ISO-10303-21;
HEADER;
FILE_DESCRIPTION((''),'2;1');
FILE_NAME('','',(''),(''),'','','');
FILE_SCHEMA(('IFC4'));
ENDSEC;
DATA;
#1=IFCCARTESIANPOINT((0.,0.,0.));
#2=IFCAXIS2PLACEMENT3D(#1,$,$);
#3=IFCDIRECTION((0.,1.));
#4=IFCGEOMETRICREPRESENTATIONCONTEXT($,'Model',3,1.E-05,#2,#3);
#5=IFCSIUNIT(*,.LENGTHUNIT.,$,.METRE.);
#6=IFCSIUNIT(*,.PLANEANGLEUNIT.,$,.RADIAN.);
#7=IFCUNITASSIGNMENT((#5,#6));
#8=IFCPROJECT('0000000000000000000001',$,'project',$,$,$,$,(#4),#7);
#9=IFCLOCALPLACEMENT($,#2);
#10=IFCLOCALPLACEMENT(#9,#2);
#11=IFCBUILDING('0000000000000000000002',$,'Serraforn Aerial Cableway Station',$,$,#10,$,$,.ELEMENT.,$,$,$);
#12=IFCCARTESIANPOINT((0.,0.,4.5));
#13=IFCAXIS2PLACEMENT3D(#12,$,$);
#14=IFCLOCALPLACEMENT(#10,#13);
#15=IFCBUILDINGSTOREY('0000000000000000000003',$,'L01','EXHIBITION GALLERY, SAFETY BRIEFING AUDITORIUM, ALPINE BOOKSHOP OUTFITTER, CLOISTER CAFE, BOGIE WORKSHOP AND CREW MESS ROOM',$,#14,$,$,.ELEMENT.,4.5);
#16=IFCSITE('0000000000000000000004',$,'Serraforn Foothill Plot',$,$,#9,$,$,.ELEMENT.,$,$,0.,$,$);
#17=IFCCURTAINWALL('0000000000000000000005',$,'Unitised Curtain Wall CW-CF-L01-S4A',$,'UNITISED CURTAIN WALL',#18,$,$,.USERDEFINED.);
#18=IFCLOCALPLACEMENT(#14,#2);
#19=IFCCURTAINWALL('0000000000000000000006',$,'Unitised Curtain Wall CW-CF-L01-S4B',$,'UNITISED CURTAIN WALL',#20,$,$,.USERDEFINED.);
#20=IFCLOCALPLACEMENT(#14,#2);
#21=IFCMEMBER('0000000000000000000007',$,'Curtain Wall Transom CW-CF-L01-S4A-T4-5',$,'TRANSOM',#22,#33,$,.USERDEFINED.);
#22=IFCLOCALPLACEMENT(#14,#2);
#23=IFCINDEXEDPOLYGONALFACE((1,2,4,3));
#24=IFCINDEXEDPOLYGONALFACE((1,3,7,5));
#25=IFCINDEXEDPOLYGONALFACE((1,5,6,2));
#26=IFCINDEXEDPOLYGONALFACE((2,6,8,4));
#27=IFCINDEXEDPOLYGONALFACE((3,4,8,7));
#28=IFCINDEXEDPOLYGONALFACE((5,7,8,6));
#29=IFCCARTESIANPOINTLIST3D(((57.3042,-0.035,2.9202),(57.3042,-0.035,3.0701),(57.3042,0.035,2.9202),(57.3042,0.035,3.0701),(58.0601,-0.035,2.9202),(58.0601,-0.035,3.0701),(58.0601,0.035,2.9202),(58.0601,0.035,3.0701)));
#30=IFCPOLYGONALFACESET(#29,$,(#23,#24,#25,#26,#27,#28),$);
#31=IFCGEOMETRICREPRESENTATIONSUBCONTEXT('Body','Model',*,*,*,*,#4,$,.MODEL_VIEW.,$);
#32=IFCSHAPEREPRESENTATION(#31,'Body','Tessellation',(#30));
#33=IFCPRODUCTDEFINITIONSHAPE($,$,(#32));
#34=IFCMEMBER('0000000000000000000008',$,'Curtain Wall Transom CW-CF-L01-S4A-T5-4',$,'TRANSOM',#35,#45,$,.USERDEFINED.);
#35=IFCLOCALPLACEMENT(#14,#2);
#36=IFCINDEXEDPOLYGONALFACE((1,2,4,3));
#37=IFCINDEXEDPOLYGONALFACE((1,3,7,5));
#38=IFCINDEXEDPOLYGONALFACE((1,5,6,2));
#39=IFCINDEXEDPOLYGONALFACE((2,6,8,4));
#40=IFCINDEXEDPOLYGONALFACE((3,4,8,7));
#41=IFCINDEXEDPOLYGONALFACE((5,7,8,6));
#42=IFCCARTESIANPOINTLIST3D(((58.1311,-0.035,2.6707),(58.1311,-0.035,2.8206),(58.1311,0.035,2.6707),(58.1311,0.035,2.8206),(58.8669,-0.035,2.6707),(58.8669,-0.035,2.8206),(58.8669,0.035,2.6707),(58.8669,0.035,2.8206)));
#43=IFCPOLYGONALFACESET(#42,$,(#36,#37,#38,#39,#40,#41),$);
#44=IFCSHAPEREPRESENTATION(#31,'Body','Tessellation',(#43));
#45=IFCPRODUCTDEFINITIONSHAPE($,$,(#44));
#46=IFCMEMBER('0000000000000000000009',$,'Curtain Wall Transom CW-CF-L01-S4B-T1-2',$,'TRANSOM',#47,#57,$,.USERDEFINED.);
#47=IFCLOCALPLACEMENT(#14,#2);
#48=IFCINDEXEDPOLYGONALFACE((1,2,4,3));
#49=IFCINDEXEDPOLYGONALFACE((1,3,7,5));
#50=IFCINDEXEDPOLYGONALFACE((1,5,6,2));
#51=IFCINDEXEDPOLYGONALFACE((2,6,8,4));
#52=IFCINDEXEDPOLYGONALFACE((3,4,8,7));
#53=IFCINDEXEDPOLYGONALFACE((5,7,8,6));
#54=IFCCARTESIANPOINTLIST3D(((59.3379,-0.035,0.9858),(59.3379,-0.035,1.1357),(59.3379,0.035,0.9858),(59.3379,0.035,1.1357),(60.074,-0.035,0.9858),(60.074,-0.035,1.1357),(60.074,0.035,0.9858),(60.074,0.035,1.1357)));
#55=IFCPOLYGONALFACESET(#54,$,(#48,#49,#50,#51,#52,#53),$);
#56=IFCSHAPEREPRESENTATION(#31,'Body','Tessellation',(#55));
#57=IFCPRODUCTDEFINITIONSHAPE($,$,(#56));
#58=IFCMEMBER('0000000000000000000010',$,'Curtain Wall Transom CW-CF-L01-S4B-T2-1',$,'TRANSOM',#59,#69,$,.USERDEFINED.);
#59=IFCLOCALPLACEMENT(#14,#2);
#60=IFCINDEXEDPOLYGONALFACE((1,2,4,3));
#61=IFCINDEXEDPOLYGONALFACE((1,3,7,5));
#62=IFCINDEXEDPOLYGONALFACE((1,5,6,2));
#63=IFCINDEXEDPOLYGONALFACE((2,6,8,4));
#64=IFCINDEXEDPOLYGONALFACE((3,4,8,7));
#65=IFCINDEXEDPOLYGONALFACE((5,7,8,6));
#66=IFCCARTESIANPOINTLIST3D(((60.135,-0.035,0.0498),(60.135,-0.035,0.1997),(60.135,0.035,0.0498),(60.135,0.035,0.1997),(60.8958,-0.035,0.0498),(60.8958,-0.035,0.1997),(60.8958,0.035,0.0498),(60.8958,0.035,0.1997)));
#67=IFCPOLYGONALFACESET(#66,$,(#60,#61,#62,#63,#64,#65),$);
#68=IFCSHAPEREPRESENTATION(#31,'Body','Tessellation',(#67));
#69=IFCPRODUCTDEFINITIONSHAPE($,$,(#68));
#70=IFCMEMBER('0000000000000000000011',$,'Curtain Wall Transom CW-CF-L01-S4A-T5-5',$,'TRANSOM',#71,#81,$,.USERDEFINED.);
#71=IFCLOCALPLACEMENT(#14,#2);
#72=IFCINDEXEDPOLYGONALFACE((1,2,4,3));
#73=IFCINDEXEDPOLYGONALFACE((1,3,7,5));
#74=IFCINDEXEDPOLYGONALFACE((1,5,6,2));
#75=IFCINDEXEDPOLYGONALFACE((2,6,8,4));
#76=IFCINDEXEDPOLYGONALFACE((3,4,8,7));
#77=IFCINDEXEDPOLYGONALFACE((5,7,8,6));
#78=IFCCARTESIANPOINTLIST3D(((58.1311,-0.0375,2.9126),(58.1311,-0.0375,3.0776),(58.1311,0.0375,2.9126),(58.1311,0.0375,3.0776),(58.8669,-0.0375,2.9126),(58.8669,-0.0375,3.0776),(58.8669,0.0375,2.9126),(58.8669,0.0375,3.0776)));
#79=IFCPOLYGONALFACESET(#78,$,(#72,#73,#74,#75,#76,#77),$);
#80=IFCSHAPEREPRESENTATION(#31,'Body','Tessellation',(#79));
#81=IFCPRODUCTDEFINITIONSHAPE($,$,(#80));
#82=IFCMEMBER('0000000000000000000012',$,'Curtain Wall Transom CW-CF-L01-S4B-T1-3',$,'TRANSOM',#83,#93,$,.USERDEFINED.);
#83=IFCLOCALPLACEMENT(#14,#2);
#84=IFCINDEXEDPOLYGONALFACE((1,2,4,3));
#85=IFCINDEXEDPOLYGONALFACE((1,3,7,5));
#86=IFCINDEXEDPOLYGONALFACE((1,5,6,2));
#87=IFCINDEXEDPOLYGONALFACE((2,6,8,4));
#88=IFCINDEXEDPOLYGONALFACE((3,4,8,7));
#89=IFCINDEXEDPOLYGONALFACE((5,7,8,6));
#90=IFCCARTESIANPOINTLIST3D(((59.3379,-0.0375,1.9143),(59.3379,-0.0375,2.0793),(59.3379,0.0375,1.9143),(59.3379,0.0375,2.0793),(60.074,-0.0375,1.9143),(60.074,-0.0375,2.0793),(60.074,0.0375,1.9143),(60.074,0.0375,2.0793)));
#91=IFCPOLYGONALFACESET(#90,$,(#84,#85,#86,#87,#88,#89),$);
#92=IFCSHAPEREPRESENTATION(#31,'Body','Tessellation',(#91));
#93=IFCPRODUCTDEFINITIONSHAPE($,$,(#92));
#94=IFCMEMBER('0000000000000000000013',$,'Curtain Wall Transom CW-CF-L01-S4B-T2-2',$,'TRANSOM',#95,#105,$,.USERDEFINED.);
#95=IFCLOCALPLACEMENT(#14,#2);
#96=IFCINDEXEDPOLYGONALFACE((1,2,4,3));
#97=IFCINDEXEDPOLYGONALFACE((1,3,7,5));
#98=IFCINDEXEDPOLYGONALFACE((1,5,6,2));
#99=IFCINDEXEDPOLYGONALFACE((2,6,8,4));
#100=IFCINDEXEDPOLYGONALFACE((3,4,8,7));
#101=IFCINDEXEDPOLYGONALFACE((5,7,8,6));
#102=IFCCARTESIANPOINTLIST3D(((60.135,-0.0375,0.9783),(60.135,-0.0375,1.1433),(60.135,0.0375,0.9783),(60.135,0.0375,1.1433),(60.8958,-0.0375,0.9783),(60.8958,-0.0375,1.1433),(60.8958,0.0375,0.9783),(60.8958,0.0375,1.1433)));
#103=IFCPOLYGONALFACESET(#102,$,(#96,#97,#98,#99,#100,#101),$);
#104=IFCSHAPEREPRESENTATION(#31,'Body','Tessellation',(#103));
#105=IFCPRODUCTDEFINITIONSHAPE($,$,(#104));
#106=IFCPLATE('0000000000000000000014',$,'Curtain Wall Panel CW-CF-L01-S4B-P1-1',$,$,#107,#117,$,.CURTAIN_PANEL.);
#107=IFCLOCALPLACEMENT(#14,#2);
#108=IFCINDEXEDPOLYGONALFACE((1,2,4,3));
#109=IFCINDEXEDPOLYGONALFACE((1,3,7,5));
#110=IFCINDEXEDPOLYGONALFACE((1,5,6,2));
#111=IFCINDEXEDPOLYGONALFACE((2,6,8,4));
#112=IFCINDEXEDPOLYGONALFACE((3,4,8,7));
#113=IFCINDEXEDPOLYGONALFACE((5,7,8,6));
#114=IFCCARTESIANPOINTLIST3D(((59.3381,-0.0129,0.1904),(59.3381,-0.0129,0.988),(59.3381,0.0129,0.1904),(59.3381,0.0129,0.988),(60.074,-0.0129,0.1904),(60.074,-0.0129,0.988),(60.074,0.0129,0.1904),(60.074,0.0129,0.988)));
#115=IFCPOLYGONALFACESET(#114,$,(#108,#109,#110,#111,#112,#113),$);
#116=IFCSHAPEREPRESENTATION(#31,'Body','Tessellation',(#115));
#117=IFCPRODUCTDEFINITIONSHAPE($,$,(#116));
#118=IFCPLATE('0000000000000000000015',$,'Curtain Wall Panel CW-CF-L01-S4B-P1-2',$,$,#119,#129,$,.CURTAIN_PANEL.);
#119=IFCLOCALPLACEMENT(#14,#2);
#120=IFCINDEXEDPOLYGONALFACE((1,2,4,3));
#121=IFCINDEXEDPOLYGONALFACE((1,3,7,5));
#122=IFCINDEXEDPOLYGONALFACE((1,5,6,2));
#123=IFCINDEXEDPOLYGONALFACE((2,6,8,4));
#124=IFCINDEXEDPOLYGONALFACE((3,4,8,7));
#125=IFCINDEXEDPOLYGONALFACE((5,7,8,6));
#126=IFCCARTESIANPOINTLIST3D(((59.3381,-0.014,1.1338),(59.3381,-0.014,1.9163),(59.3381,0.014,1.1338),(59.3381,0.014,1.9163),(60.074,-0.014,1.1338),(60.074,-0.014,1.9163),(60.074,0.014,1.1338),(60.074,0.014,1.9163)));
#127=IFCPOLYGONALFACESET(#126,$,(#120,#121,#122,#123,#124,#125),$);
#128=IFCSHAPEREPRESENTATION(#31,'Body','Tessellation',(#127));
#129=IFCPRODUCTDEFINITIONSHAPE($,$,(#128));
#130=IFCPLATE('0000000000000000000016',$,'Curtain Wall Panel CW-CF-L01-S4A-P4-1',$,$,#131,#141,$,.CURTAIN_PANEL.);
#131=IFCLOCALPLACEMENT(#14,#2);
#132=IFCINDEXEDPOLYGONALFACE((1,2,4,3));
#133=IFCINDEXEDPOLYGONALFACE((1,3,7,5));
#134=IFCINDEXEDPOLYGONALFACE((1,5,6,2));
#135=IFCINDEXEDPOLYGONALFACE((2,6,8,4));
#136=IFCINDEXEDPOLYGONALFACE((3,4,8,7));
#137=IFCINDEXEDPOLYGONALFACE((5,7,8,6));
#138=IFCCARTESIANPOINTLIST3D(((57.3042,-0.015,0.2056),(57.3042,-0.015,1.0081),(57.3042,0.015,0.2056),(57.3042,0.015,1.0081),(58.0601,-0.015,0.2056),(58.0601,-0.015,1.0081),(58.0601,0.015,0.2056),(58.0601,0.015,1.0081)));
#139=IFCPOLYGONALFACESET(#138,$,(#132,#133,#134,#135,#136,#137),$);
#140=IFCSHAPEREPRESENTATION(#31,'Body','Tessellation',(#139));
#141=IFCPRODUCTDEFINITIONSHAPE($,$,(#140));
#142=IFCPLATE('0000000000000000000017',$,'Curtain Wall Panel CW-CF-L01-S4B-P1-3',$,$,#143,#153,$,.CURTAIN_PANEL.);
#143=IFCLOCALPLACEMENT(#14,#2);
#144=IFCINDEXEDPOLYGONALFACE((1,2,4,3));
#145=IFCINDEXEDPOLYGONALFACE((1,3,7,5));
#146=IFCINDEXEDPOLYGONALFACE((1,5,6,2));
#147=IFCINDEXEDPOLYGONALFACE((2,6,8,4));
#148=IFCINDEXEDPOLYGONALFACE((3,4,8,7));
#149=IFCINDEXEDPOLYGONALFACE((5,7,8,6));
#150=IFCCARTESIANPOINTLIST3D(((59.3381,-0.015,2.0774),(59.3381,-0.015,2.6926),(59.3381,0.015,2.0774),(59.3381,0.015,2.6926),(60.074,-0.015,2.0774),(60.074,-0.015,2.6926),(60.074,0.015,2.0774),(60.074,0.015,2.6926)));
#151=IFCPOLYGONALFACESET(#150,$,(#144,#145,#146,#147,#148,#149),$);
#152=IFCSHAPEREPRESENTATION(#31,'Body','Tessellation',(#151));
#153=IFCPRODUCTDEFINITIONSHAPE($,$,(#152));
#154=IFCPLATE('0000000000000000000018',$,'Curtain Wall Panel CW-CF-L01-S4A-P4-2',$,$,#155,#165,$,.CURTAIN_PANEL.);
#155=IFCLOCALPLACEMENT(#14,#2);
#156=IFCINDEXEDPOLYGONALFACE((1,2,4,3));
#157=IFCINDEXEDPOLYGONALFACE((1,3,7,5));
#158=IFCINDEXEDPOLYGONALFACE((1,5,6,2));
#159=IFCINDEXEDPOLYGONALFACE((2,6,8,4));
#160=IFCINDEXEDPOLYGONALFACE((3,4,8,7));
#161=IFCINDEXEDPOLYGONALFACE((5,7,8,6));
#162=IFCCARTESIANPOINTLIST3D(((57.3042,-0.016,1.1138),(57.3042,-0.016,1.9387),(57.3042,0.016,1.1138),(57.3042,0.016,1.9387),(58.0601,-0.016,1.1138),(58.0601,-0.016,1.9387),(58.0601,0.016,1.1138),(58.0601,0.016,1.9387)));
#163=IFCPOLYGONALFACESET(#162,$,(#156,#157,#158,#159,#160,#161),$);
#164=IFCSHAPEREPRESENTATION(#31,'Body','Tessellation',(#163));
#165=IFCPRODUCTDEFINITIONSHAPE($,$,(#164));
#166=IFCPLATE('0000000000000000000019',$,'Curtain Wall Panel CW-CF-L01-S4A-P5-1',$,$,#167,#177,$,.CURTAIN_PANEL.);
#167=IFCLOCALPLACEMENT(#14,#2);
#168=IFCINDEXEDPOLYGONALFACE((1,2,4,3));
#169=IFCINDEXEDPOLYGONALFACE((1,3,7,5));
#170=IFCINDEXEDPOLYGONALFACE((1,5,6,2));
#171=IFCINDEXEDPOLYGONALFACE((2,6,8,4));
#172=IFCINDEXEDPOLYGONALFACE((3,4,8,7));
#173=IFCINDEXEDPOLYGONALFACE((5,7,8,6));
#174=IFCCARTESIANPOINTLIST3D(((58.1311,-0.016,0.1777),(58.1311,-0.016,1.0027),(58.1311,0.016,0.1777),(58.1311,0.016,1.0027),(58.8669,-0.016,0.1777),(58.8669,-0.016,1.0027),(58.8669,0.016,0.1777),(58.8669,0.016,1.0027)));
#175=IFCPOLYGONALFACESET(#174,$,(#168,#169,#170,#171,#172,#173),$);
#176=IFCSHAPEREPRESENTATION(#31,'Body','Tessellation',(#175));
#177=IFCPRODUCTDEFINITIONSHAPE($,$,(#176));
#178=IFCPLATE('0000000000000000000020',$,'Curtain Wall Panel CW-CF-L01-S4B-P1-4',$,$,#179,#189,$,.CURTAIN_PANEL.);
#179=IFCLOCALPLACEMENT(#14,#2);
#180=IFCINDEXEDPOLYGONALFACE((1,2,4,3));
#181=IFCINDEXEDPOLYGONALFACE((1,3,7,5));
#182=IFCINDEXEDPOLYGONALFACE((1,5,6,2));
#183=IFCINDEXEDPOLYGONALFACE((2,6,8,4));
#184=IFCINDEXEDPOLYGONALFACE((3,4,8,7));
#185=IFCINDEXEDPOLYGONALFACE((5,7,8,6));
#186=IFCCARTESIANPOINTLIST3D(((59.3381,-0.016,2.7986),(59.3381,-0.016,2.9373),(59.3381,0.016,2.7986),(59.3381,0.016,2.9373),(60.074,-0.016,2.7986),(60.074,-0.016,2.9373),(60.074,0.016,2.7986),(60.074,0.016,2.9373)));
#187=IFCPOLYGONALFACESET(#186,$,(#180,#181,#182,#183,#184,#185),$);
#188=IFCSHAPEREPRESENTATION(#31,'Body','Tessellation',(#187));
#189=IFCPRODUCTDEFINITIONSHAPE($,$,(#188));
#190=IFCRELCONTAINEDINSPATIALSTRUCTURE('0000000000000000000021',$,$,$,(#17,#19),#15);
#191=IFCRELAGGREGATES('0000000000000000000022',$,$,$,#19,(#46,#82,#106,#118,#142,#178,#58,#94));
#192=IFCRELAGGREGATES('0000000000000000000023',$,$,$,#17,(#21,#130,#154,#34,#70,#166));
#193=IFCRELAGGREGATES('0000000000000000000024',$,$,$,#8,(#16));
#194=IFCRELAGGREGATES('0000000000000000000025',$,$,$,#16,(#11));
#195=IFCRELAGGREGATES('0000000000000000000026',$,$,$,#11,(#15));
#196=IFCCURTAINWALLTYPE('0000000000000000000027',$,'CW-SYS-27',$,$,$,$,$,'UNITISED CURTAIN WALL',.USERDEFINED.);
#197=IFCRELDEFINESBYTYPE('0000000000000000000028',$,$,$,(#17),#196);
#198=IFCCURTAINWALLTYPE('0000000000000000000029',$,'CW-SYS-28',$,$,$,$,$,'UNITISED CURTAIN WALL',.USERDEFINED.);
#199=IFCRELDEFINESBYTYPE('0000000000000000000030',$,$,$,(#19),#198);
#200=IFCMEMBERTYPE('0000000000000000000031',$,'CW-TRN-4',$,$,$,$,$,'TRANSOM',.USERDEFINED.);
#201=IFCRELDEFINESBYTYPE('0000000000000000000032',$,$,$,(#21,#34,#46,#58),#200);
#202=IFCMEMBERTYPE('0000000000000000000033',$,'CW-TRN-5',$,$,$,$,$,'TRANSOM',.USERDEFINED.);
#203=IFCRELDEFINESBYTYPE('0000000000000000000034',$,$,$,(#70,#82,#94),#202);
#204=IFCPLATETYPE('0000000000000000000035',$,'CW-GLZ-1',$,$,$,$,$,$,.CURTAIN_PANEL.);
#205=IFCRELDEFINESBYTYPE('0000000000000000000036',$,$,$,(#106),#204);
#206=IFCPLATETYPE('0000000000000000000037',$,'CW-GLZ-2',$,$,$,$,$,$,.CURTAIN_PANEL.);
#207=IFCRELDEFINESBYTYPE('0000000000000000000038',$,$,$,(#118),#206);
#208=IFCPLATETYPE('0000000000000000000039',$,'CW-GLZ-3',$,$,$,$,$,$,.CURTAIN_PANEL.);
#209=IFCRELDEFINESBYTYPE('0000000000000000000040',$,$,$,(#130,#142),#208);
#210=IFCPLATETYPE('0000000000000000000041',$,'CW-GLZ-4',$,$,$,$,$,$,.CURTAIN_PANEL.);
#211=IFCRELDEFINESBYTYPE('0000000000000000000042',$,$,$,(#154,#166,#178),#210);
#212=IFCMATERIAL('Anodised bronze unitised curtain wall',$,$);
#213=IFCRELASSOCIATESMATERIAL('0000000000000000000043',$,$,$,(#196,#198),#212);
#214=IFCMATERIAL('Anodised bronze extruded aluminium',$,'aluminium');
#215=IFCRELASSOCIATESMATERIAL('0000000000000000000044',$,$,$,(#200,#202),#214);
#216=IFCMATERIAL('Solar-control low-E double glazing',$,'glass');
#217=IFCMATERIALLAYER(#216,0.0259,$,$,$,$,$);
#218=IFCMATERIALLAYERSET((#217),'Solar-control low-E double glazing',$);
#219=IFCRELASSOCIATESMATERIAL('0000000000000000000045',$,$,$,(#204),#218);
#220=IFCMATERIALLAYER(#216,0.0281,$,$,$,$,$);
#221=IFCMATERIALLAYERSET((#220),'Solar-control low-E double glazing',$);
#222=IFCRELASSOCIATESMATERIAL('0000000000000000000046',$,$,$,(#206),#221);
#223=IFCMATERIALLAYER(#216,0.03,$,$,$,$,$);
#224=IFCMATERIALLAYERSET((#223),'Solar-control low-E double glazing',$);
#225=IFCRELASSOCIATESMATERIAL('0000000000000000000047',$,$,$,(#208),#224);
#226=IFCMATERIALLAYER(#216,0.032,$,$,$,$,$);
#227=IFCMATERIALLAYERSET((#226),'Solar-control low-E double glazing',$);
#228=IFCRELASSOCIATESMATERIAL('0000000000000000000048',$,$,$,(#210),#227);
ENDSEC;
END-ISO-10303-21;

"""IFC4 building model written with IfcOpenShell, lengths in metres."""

from ifc_helpers import new_model, si_unit, direction, frame, origin, origin_2d, place, context, subcontext, project, spatial, rectangle, extrude, material, layer, layer_set, material_profile, profile_set, type_object, element, aggregate, save


model = new_model("IFC4")

# Units and contexts
model_context = context("Model", 3, precision=1e-05, world=origin(), true_north=direction((0.0, 1.0)))
body_context = subcontext(model_context, "Body", "Model", "MODEL_VIEW")
ifc_project = project(units=[si_unit("LENGTHUNIT", "METRE"), si_unit("PLANEANGLEUNIT", "RADIAN")], contexts=[model_context])

# Site, building, storey
site_placement = place(None, origin())
site = spatial("IfcSite", under=ifc_project, at=site_placement, Name="Serraforn Foothill Plot", CompositionType="ELEMENT", RefElevation=0.0)
building_placement = place(site_placement, origin())
building = spatial("IfcBuilding", under=site, at=building_placement, Name="Serraforn Aerial Cableway Station", CompositionType="ELEMENT")
storey_placement = place(building_placement, frame((0.0, 0.0, 4.5)))
storey = spatial("IfcBuildingStorey", under=building, at=storey_placement, Name="L01", Description="EXHIBITION GALLERY, SAFETY BRIEFING AUDITORIUM, ALPINE BOOKSHOP OUTFITTER, CLOISTER CAFE, BOGIE WORKSHOP AND CREW MESS ROOM", CompositionType="ELEMENT", Elevation=4.5)

# Curtain wall
ifc_material_1 = material(Name="Anodised bronze unitised curtain wall")
curtain_wall_type_1 = type_object("IfcCurtainWallType", Name="CW-SYS-27", ElementType="UNITISED CURTAIN WALL", PredefinedType="USERDEFINED", material=ifc_material_1)
curtain_wall_1_placement = place(storey_placement, origin())
curtain_wall_1 = element("IfcCurtainWall", 1, at=curtain_wall_1_placement, inside=storey, type_object=curtain_wall_type_1, Name="Unitised Curtain Wall CW-CF-L01-S4A", ObjectType="UNITISED CURTAIN WALL", PredefinedType="USERDEFINED")
ifc_material_2 = material(Name="Anodised bronze extruded aluminium", Category="aluminium")

# Curtain wall
curtain_wall_type_2 = type_object("IfcCurtainWallType", Name="CW-SYS-28", ElementType="UNITISED CURTAIN WALL", PredefinedType="USERDEFINED", material=ifc_material_1)
curtain_wall_2_placement = place(storey_placement, origin())
curtain_wall_2 = element("IfcCurtainWall", 2, at=curtain_wall_2_placement, inside=storey, type_object=curtain_wall_type_2, Name="Unitised Curtain Wall CW-CF-L01-S4B", ObjectType="UNITISED CURTAIN WALL", PredefinedType="USERDEFINED")

# Members
ifc_material_profile_1 = material_profile(ifc_material_2, rectangle(XDim=0.0701, YDim=0.1499, at=origin_2d()), Name="CW TRANSOM 70x150")
ifc_profile_set_1 = profile_set([ifc_material_profile_1], Name="Anodised bronze extruded aluminium")
member_type_1 = type_object("IfcMemberType", Name="CW-TRN-4", ElementType="TRANSOM", PredefinedType="USERDEFINED", material=ifc_profile_set_1)
member_1_placement = place(storey_placement, frame((57.3042, 0.0, 2.9951), z_axis=(1.0, 0.0, 0.0), x_axis=(0.0, 1.0, 0.0)))
member_1 = element("IfcMember", 3, at=member_1_placement, type_object=member_type_1, Name="Curtain Wall Transom CW-CF-L01-S4A-T4-5", ObjectType="TRANSOM", PredefinedType="USERDEFINED", context=body_context, shape_type="SweptSolid", body=[
    extrude(rectangle(XDim=0.0701, YDim=0.1499, at=origin_2d()), origin(), (0.0, 0.0, 1.0), 0.7559),
])
member_2_placement = place(storey_placement, frame((58.1311, 0.0, 2.7456), z_axis=(1.0, 0.0, 0.0), x_axis=(0.0, 1.0, 0.0)))
member_2 = element("IfcMember", 4, at=member_2_placement, type_object=member_type_1, Name="Curtain Wall Transom CW-CF-L01-S4A-T5-4", ObjectType="TRANSOM", PredefinedType="USERDEFINED", context=body_context, shape_type="SweptSolid", body=[
    extrude(rectangle(XDim=0.0701, YDim=0.1499, at=origin_2d()), origin(), (0.0, 0.0, 1.0), 0.7358),
])
member_3_placement = place(storey_placement, frame((59.3379, 0.0, 1.0608), z_axis=(1.0, 0.0, 0.0), x_axis=(0.0, 1.0, 0.0)))
member_3 = element("IfcMember", 5, at=member_3_placement, type_object=member_type_1, Name="Curtain Wall Transom CW-CF-L01-S4B-T1-2", ObjectType="TRANSOM", PredefinedType="USERDEFINED", context=body_context, shape_type="SweptSolid", body=[
    extrude(rectangle(XDim=0.0701, YDim=0.1499, at=origin_2d()), origin(), (0.0, 0.0, 1.0), 0.7361),
])
member_4_placement = place(storey_placement, frame((60.135, 0.0, 0.1248), z_axis=(1.0, 0.0, 0.0), x_axis=(0.0, 1.0, 0.0)))
member_4 = element("IfcMember", 6, at=member_4_placement, type_object=member_type_1, Name="Curtain Wall Transom CW-CF-L01-S4B-T2-1", ObjectType="TRANSOM", PredefinedType="USERDEFINED", context=body_context, shape_type="SweptSolid", body=[
    extrude(rectangle(XDim=0.0701, YDim=0.1499, at=origin_2d()), origin(), (0.0, 0.0, 1.0), 0.7607),
])
ifc_material_profile_2 = material_profile(ifc_material_2, rectangle(XDim=0.075, YDim=0.165, at=origin_2d()), Name="CW TRANSOM 75x165")
ifc_profile_set_2 = profile_set([ifc_material_profile_2], Name="Anodised bronze extruded aluminium")
member_type_2 = type_object("IfcMemberType", Name="CW-TRN-5", ElementType="TRANSOM", PredefinedType="USERDEFINED", material=ifc_profile_set_2)
member_5_placement = place(storey_placement, frame((58.1311, 0.0, 2.9951), z_axis=(1.0, 0.0, 0.0), x_axis=(0.0, 1.0, 0.0)))
member_5 = element("IfcMember", 7, at=member_5_placement, type_object=member_type_2, Name="Curtain Wall Transom CW-CF-L01-S4A-T5-5", ObjectType="TRANSOM", PredefinedType="USERDEFINED", context=body_context, shape_type="SweptSolid", body=[
    extrude(rectangle(XDim=0.075, YDim=0.165, at=origin_2d()), origin(), (0.0, 0.0, 1.0), 0.7358),
])
member_6_placement = place(storey_placement, frame((59.3379, 0.0, 1.9968), z_axis=(1.0, 0.0, 0.0), x_axis=(0.0, 1.0, 0.0)))
member_6 = element("IfcMember", 8, at=member_6_placement, type_object=member_type_2, Name="Curtain Wall Transom CW-CF-L01-S4B-T1-3", ObjectType="TRANSOM", PredefinedType="USERDEFINED", context=body_context, shape_type="SweptSolid", body=[
    extrude(rectangle(XDim=0.075, YDim=0.165, at=origin_2d()), origin(), (0.0, 0.0, 1.0), 0.7361),
])
member_7_placement = place(storey_placement, frame((60.135, 0.0, 1.0608), z_axis=(1.0, 0.0, 0.0), x_axis=(0.0, 1.0, 0.0)))
member_7 = element("IfcMember", 9, at=member_7_placement, type_object=member_type_2, Name="Curtain Wall Transom CW-CF-L01-S4B-T2-2", ObjectType="TRANSOM", PredefinedType="USERDEFINED", context=body_context, shape_type="SweptSolid", body=[
    extrude(rectangle(XDim=0.075, YDim=0.165, at=origin_2d()), origin(), (0.0, 0.0, 1.0), 0.7607),
])

# Plates
ifc_material_3 = material(Name="Solar-control low-E double glazing", Category="glass")
ifc_layer_1 = layer(ifc_material_3, 0.0259)
ifc_layer_set_1 = layer_set([ifc_layer_1], Name="Solar-control low-E double glazing")
plate_type_1 = type_object("IfcPlateType", Name="CW-GLZ-1", PredefinedType="CURTAIN_PANEL", material=ifc_layer_set_1)
plate_1_placement = place(storey_placement, frame((59.7061, 0.0, 0.1904), z_axis=(0.0, 0.0, 1.0), x_axis=(1.0, 0.0, 0.0)))
plate_1 = element("IfcPlate", 10, at=plate_1_placement, type_object=plate_type_1, Name="Curtain Wall Panel CW-CF-L01-S4B-P1-1", PredefinedType="CURTAIN_PANEL", context=body_context, shape_type="SweptSolid", body=[
    extrude(rectangle(XDim=0.7358, YDim=0.0259, at=origin_2d()), origin(), (0.0, 0.0, 1.0), 0.7976),
])
ifc_layer_2 = layer(ifc_material_3, 0.0281)
ifc_layer_set_2 = layer_set([ifc_layer_2], Name="Solar-control low-E double glazing")
plate_type_2 = type_object("IfcPlateType", Name="CW-GLZ-2", PredefinedType="CURTAIN_PANEL", material=ifc_layer_set_2)
plate_2_placement = place(storey_placement, frame((59.7061, 0.0, 1.1338), z_axis=(0.0, 0.0, 1.0), x_axis=(1.0, 0.0, 0.0)))
plate_2 = element("IfcPlate", 11, at=plate_2_placement, type_object=plate_type_2, Name="Curtain Wall Panel CW-CF-L01-S4B-P1-2", PredefinedType="CURTAIN_PANEL", context=body_context, shape_type="SweptSolid", body=[
    extrude(rectangle(XDim=0.7358, YDim=0.0281, at=origin_2d()), origin(), (0.0, 0.0, 1.0), 0.7825),
])
ifc_layer_3 = layer(ifc_material_3, 0.03)
ifc_layer_set_3 = layer_set([ifc_layer_3], Name="Solar-control low-E double glazing")
plate_type_3 = type_object("IfcPlateType", Name="CW-GLZ-3", PredefinedType="CURTAIN_PANEL", material=ifc_layer_set_3)
plate_3_placement = place(storey_placement, frame((57.6821, 0.0, 0.2056), z_axis=(0.0, 0.0, 1.0), x_axis=(1.0, 0.0, 0.0)))
plate_3 = element("IfcPlate", 12, at=plate_3_placement, type_object=plate_type_3, Name="Curtain Wall Panel CW-CF-L01-S4A-P4-1", PredefinedType="CURTAIN_PANEL", context=body_context, shape_type="SweptSolid", body=[
    extrude(rectangle(XDim=0.7559, YDim=0.03, at=origin_2d()), origin(), (0.0, 0.0, 1.0), 0.8025),
])
plate_4_placement = place(storey_placement, frame((59.7061, 0.0, 2.0774), z_axis=(0.0, 0.0, 1.0), x_axis=(1.0, 0.0, 0.0)))
plate_4 = element("IfcPlate", 13, at=plate_4_placement, type_object=plate_type_3, Name="Curtain Wall Panel CW-CF-L01-S4B-P1-3", PredefinedType="CURTAIN_PANEL", context=body_context, shape_type="SweptSolid", body=[
    extrude(rectangle(XDim=0.7358, YDim=0.03, at=origin_2d()), origin(), (0.0, 0.0, 1.0), 0.6152),
])
ifc_layer_4 = layer(ifc_material_3, 0.032)
ifc_layer_set_4 = layer_set([ifc_layer_4], Name="Solar-control low-E double glazing")
plate_type_4 = type_object("IfcPlateType", Name="CW-GLZ-4", PredefinedType="CURTAIN_PANEL", material=ifc_layer_set_4)
plate_5_placement = place(storey_placement, frame((57.6821, 0.0, 1.1138), z_axis=(0.0, 0.0, 1.0), x_axis=(1.0, 0.0, 0.0)))
plate_5 = element("IfcPlate", 14, at=plate_5_placement, type_object=plate_type_4, Name="Curtain Wall Panel CW-CF-L01-S4A-P4-2", PredefinedType="CURTAIN_PANEL", context=body_context, shape_type="SweptSolid", body=[
    extrude(rectangle(XDim=0.7559, YDim=0.032, at=origin_2d()), origin(), (0.0, 0.0, 1.0), 0.825),
])
plate_6_placement = place(storey_placement, frame((58.499, 0.0, 0.1777), z_axis=(0.0, 0.0, 1.0), x_axis=(1.0, 0.0, 0.0)))
plate_6 = element("IfcPlate", 15, at=plate_6_placement, type_object=plate_type_4, Name="Curtain Wall Panel CW-CF-L01-S4A-P5-1", PredefinedType="CURTAIN_PANEL", context=body_context, shape_type="SweptSolid", body=[
    extrude(rectangle(XDim=0.7358, YDim=0.032, at=origin_2d()), origin(), (0.0, 0.0, 1.0), 0.825),
])
plate_7_placement = place(storey_placement, frame((59.7061, 0.0, 2.7986), z_axis=(0.0, 0.0, 1.0), x_axis=(1.0, 0.0, 0.0)))
plate_7 = element("IfcPlate", 16, at=plate_7_placement, type_object=plate_type_4, Name="Curtain Wall Panel CW-CF-L01-S4B-P1-4", PredefinedType="CURTAIN_PANEL", context=body_context, shape_type="SweptSolid", body=[
    extrude(rectangle(XDim=0.7358, YDim=0.032, at=origin_2d()), origin(), (0.0, 0.0, 1.0), 0.1387),
])
aggregate(curtain_wall_2, [member_3, member_6, plate_1, plate_2, plate_4, plate_7, member_4, member_7])
aggregate(curtain_wall_1, [member_1, plate_3, plate_5, member_2, member_5, plate_6])

save(model, "model.ifc")
